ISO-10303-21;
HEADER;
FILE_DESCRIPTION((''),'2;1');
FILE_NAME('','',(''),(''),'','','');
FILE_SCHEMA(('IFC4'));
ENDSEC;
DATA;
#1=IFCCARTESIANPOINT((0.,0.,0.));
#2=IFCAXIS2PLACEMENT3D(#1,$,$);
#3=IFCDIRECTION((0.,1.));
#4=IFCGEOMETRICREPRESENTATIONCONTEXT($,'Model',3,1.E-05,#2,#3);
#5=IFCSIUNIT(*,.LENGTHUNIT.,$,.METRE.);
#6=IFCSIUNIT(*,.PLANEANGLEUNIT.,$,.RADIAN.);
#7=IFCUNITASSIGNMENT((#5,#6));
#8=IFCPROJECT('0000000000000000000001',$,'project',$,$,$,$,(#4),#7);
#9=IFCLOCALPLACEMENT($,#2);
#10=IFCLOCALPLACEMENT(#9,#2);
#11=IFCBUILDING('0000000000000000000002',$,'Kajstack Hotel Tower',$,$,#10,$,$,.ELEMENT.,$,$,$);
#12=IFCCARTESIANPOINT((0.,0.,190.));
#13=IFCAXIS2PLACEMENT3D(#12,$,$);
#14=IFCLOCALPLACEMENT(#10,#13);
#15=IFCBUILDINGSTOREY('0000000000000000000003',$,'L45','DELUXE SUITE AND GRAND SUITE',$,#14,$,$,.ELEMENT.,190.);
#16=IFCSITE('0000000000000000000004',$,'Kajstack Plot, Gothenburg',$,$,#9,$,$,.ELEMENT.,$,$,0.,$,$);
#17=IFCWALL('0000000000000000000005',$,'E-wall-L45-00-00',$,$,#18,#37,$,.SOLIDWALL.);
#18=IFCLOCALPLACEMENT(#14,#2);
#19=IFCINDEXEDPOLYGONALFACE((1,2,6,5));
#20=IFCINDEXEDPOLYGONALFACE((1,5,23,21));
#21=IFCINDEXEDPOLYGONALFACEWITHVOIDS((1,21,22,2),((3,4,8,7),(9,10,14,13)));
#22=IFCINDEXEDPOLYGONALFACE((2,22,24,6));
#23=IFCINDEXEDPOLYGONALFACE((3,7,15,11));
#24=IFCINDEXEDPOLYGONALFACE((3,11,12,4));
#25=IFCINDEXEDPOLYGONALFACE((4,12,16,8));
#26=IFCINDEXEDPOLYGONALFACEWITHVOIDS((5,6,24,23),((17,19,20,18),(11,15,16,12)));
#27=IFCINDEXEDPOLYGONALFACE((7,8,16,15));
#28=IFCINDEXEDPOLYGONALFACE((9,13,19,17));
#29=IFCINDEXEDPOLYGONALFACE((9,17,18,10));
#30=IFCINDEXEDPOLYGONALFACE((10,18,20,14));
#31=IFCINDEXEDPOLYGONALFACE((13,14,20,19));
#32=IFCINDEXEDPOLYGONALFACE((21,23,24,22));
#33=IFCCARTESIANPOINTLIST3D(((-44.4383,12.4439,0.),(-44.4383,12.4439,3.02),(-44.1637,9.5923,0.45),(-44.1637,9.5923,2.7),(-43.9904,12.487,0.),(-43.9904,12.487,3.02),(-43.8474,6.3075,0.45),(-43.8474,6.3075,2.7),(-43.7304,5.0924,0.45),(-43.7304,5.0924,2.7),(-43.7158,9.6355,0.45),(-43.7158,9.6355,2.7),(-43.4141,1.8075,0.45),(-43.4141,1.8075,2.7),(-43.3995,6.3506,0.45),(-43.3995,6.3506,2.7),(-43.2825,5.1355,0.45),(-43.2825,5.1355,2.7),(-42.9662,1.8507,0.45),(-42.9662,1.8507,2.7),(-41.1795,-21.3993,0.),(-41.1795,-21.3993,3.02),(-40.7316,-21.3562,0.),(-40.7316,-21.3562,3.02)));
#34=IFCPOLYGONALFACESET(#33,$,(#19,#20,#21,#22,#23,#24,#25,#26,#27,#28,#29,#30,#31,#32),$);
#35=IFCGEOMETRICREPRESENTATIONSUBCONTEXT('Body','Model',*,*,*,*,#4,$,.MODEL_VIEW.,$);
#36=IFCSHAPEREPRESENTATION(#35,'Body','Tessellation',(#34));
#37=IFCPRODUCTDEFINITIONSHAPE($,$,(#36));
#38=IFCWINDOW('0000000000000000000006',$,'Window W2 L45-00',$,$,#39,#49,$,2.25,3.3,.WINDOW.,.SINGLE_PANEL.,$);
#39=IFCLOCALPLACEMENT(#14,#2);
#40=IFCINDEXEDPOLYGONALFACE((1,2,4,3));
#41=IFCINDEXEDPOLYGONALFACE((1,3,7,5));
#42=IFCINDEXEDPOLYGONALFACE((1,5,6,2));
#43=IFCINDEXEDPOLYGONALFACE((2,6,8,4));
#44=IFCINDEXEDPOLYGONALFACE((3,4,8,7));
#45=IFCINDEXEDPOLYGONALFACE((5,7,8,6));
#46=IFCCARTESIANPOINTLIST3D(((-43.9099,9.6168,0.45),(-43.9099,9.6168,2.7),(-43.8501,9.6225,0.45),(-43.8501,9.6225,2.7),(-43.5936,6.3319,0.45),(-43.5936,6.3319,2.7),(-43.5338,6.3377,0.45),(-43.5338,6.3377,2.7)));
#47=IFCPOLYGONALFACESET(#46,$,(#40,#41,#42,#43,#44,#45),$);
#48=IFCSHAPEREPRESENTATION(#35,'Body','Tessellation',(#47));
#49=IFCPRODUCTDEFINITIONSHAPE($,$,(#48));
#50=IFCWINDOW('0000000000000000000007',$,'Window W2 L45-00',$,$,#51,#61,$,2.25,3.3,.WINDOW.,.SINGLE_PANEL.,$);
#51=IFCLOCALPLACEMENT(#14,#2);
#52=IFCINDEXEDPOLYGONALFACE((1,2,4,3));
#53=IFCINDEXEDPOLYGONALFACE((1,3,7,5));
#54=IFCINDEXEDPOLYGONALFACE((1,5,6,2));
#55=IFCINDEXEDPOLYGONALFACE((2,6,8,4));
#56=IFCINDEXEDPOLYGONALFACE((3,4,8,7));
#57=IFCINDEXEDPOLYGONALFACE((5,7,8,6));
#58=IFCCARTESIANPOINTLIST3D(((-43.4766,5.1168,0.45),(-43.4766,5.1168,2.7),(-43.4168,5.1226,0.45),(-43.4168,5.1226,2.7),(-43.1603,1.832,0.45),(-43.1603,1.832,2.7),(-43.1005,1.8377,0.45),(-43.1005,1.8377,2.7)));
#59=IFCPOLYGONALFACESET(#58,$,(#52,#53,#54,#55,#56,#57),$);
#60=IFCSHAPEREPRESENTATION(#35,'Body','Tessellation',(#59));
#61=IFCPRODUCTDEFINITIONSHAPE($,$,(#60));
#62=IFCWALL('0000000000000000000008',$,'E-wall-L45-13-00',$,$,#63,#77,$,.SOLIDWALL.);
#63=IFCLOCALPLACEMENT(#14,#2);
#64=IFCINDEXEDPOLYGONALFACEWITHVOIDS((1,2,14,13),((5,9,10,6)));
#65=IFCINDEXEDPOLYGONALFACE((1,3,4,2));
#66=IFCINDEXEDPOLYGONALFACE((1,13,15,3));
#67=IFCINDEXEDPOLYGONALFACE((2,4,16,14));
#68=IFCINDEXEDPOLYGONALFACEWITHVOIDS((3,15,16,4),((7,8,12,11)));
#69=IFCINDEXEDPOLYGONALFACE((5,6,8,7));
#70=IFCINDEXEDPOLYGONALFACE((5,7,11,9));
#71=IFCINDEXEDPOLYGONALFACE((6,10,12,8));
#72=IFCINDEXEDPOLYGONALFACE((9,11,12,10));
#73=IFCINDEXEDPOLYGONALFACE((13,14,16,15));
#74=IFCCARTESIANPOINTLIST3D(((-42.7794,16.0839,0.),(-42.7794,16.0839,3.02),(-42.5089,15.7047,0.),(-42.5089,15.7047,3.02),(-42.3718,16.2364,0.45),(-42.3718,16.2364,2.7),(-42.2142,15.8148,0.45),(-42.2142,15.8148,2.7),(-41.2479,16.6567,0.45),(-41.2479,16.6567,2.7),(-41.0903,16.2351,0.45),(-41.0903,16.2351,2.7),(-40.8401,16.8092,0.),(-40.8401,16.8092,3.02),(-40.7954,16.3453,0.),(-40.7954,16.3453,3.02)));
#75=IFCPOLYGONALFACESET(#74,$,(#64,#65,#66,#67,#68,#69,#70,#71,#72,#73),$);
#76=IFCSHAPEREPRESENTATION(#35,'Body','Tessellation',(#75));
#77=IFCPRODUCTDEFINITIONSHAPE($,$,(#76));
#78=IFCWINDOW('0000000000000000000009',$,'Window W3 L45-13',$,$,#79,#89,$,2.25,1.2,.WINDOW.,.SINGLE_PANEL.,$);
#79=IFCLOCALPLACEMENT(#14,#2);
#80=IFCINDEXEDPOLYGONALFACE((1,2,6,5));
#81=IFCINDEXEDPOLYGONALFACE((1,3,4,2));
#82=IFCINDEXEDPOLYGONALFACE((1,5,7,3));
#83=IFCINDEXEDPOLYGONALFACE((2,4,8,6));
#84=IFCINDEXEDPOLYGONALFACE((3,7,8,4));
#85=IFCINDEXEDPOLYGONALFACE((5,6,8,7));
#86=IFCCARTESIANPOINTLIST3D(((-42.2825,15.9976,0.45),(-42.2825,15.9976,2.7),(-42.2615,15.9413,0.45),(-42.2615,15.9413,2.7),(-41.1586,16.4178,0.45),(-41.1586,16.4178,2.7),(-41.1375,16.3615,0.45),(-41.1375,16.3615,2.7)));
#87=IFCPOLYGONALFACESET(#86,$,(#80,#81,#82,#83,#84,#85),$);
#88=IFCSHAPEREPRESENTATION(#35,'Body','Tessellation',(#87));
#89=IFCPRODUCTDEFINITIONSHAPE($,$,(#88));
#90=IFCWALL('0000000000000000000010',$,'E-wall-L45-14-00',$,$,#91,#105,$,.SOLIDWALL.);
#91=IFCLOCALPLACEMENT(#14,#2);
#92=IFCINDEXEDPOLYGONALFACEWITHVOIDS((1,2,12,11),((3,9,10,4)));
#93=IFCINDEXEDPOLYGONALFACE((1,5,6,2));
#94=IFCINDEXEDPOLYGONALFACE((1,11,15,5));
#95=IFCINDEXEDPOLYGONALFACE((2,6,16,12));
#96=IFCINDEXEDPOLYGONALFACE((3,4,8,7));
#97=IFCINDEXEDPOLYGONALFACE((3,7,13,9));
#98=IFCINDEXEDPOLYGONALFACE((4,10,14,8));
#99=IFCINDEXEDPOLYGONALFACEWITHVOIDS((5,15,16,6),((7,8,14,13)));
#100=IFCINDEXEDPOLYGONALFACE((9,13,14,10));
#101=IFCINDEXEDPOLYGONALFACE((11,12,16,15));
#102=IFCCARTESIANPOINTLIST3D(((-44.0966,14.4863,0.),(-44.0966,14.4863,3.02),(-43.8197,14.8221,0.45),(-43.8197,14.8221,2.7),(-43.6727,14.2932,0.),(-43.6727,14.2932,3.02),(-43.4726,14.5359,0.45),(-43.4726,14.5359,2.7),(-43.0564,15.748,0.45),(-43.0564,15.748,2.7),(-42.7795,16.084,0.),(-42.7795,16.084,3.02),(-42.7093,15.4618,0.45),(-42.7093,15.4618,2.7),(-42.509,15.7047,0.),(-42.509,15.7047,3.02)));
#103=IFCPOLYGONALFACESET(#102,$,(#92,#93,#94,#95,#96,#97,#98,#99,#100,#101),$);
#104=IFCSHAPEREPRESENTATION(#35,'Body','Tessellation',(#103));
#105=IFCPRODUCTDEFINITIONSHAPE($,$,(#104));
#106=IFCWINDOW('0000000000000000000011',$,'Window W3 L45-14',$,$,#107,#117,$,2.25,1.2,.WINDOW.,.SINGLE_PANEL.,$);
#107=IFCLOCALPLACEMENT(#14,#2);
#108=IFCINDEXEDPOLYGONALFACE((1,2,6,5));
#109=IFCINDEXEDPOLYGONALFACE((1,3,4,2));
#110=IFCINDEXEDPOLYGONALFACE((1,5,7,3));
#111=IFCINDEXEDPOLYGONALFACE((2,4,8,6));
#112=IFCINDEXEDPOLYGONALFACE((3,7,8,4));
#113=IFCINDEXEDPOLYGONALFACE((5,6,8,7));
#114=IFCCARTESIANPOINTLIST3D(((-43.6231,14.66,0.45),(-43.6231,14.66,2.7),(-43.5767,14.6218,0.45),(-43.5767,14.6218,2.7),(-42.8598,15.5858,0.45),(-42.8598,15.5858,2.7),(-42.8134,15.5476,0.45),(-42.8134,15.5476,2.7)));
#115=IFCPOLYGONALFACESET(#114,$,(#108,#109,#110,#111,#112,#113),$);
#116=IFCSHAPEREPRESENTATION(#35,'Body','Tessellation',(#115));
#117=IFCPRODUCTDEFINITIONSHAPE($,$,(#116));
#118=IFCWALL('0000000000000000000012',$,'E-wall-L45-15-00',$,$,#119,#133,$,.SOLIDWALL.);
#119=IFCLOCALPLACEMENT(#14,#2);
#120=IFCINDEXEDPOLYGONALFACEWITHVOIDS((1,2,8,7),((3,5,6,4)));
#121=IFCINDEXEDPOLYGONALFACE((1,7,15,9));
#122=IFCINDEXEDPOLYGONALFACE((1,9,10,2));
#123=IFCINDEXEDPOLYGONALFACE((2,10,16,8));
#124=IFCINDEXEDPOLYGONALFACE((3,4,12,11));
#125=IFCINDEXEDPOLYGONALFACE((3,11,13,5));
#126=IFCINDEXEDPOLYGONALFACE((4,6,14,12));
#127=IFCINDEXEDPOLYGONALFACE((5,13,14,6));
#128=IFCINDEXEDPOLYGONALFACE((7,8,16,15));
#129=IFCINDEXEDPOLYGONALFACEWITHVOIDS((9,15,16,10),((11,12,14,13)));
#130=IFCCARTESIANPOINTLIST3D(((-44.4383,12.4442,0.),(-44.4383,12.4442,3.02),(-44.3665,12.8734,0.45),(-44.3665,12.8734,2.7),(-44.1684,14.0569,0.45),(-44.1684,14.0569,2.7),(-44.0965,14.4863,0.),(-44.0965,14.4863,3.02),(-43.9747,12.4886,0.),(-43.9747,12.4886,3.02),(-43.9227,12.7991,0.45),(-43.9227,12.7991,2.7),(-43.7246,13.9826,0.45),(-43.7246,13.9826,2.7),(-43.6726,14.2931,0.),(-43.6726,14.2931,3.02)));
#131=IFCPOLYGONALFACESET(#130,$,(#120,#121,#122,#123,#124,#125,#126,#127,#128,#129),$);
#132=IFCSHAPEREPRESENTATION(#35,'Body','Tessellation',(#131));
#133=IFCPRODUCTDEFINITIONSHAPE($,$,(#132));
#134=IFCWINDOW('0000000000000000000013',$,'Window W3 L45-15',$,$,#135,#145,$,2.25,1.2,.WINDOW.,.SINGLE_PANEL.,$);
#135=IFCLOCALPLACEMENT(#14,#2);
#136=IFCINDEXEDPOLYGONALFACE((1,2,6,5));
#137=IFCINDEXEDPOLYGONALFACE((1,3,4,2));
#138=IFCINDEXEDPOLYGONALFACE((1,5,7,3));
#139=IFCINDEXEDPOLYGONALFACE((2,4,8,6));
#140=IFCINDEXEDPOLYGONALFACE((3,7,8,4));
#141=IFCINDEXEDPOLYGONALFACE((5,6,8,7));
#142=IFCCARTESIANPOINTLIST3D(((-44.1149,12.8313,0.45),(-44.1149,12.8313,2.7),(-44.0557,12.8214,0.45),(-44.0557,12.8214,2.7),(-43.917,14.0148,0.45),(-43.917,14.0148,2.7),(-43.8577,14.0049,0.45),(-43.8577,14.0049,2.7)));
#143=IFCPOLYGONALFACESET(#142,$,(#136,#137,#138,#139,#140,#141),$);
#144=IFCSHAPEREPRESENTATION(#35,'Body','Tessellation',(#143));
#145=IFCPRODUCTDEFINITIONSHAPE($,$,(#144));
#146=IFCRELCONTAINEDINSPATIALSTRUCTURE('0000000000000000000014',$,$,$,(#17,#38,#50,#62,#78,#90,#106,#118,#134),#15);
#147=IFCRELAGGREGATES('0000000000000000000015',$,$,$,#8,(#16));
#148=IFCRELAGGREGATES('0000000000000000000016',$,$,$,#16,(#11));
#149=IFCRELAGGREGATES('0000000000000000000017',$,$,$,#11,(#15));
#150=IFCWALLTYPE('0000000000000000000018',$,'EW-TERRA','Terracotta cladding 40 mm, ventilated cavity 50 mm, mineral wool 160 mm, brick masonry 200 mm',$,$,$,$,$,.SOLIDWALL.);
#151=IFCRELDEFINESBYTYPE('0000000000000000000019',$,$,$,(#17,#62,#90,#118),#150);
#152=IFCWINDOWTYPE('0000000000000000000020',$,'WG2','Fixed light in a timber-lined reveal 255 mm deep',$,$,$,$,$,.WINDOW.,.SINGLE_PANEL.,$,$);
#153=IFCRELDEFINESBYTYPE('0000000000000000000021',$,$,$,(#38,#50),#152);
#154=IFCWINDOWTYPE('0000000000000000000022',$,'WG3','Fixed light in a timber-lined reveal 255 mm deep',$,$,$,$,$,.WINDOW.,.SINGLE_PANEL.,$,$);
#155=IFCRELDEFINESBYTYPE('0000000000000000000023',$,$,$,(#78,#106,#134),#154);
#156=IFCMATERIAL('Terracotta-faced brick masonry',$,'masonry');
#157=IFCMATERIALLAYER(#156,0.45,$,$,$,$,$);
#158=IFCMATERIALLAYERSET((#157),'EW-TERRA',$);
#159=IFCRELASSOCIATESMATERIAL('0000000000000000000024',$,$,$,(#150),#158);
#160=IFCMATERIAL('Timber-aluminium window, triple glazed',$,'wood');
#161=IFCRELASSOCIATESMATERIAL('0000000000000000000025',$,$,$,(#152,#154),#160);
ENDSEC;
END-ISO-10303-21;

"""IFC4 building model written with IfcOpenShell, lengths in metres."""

from ifc_helpers import new_model, si_unit, direction, frame, frame_2d, origin, place, context, subcontext, project, spatial, polyline, rectangle, outline, extrude, material, layer, layer_set, type_object, element, fill, save


model = new_model("IFC4")

# Units and contexts
model_context = context("Model", 3, precision=1e-05, world=origin(), true_north=direction((0.0, 1.0)))
body_context = subcontext(model_context, "Body", "Model", "MODEL_VIEW")
ifc_project = project(units=[si_unit("LENGTHUNIT", "METRE"), si_unit("PLANEANGLEUNIT", "RADIAN")], contexts=[model_context])

# Site, building, storey
site_placement = place(None, origin())
site = spatial("IfcSite", under=ifc_project, at=site_placement, Name="Kajstack Plot, Gothenburg", CompositionType="ELEMENT", RefElevation=0.0)
building_placement = place(site_placement, origin())
building = spatial("IfcBuilding", under=site, at=building_placement, Name="Kajstack Hotel Tower", CompositionType="ELEMENT")
storey_placement = place(building_placement, frame((0.0, 0.0, 190.0)))
storey = spatial("IfcBuildingStorey", under=building, at=storey_placement, Name="L45", Description="DELUXE SUITE AND GRAND SUITE", CompositionType="ELEMENT", Elevation=190.0)

# Wall, openings, windows
ifc_material_1 = material(Name="Terracotta-faced brick masonry", Category="masonry")
ifc_layer_1 = layer(ifc_material_1, 0.45)
ifc_layer_set_1 = layer_set([ifc_layer_1], Name="EW-TERRA")
wall_type_1 = type_object("IfcWallType", Name="EW-TERRA", Description="Terracotta cladding 40 mm, ventilated cavity 50 mm, mineral wool 160 mm, brick masonry 200 mm", PredefinedType="SOLIDWALL", material=ifc_layer_set_1)
wall_1_placement = place(storey_placement, frame((-44.2144, 12.4656, 0.0), z_axis=(0.0, 0.0, 1.0), x_axis=(0.095847, -0.995396, 0.0)))
wall_1 = element("IfcWall", 1, at=wall_1_placement, inside=storey, type_object=wall_type_1, Name="E-wall-L45-00-00", PredefinedType="SOLIDWALL", context=body_context, shape_type="SweptSolid", body=[
    extrude(rectangle(XDim=33.9998, YDim=0.45, at=frame_2d((17.0, 0.0))), origin(), (0.0, 0.0, 1.0), 3.02),
])
opening_1_placement = place(wall_1_placement, frame((2.865, 0.0, 0.45)))
opening_1 = element("IfcOpeningElement", 2, at=opening_1_placement, cuts=wall_1, PredefinedType="OPENING", context=body_context, shape_type="SweptSolid", body=[
    extrude(rectangle(XDim=3.3, YDim=2.25, at=frame_2d((1.6499, 1.125))), frame((0.0, 0.2349, 0.0), z_axis=(0.0, -1.0, 0.0), x_axis=(1.0, 0.0, 0.0)), (0.0, 0.0, 1.0), 0.47),
])
opening_2_placement = place(wall_1_placement, frame((7.3857, 0.0, 0.45)))
opening_2 = element("IfcOpeningElement", 3, at=opening_2_placement, cuts=wall_1, PredefinedType="OPENING", context=body_context, shape_type="SweptSolid", body=[
    extrude(rectangle(XDim=3.3, YDim=2.25, at=frame_2d((1.6499, 1.125))), frame((0.0, 0.2349, 0.0), z_axis=(0.0, -1.0, 0.0), x_axis=(1.0, 0.0, 0.0)), (0.0, 0.0, 1.0), 0.47),
])
ifc_material_2 = material(Name="Timber-aluminium window, triple glazed", Category="wood")
window_type_1 = type_object("IfcWindowType", Name="WG2", Description="Fixed light in a timber-lined reveal 255 mm deep", PartitioningType="SINGLE_PANEL", PredefinedType="WINDOW", material=ifc_material_2)
window_1_placement = place(opening_1_placement, origin())
window_1 = element("IfcWindow", 4, at=window_1_placement, inside=storey, type_object=window_type_1, Name="Window W2 L45-00", OverallHeight=2.25, OverallWidth=3.3, PartitioningType="SINGLE_PANEL", PredefinedType="WINDOW", context=body_context, shape_type="SweptSolid", body=[
    extrude(rectangle(XDim=3.3, YDim=2.25, at=frame_2d((1.6499, 1.125))), frame((0.0, 0.0901, 0.0), z_axis=(0.0, -1.0, 0.0), x_axis=(1.0, 0.0, 0.0)), (0.0, 0.0, 1.0), 0.0601),
])
fill(opening_1, window_1)
window_2_placement = place(opening_2_placement, origin())
window_2 = element("IfcWindow", 5, at=window_2_placement, inside=storey, type_object=window_type_1, Name="Window W2 L45-00", OverallHeight=2.25, OverallWidth=3.3, PartitioningType="SINGLE_PANEL", PredefinedType="WINDOW", context=body_context, shape_type="SweptSolid", body=[
    extrude(rectangle(XDim=3.3, YDim=2.25, at=frame_2d((1.6499, 1.125))), frame((0.0, 0.0901, 0.0), z_axis=(0.0, -1.0, 0.0), x_axis=(1.0, 0.0, 0.0)), (0.0, 0.0, 1.0), 0.0601),
])
fill(opening_2, window_2)

# Walls, openings, windows
wall_2_placement = place(storey_placement, frame((-40.7612, 16.5984, 0.0), z_axis=(0.0, 0.0, 1.0), x_axis=(-0.936678, -0.350193, 0.0)))
wall_2 = element("IfcWall", 6, at=wall_2_placement, inside=storey, type_object=wall_type_1, Name="E-wall-L45-13-00", PredefinedType="SOLIDWALL", context=body_context, shape_type="SweptSolid", body=[
    extrude(outline(polyline([(0.0, -0.2251), (2.0706, -0.2249), (1.95, 0.2251), (0.1206, 0.2251), (0.0, -0.2251)])), origin(), (0.0, 0.0, 1.0), 3.02),
])
opening_3_placement = place(wall_2_placement, frame((0.4353, 0.0, 0.45)))
opening_3 = element("IfcOpeningElement", 7, at=opening_3_placement, cuts=wall_2, PredefinedType="OPENING", context=body_context, shape_type="SweptSolid", body=[
    extrude(rectangle(XDim=1.2, YDim=2.25, at=frame_2d((0.6001, 1.125))), frame((0.0, 0.2349, 0.0), z_axis=(0.0, -1.0, 0.0), x_axis=(1.0, 0.0, 0.0)), (0.0, 0.0, 1.0), 0.47),
])
window_type_2 = type_object("IfcWindowType", Name="WG3", Description="Fixed light in a timber-lined reveal 255 mm deep", PartitioningType="SINGLE_PANEL", PredefinedType="WINDOW", material=ifc_material_2)
window_3_placement = place(opening_3_placement, origin())
window_3 = element("IfcWindow", 8, at=window_3_placement, inside=storey, type_object=window_type_2, Name="Window W3 L45-13", OverallHeight=2.25, OverallWidth=1.2, PartitioningType="SINGLE_PANEL", PredefinedType="WINDOW", context=body_context, shape_type="SweptSolid", body=[
    extrude(rectangle(XDim=1.2, YDim=2.25, at=frame_2d((0.6001, 1.125))), frame((0.0, 0.0901, 0.0), z_axis=(0.0, -1.0, 0.0), x_axis=(1.0, 0.0, 0.0)), (0.0, 0.0, 1.0), 0.0601),
])
fill(opening_3, window_3)
wall_3_placement = place(storey_placement, frame((-42.606, 15.9409, 0.0), z_axis=(0.0, 0.0, 1.0), x_axis=(-0.636116, -0.771593, 0.0)))
wall_3 = element("IfcWall", 9, at=wall_3_placement, inside=storey, type_object=wall_type_1, Name="E-wall-L45-14-00", PredefinedType="SOLIDWALL", context=body_context, shape_type="SweptSolid", body=[
    extrude(outline(polyline([(0.0, -0.2249), (2.0706, -0.2249), (1.95, 0.2251), (0.1206, 0.2251), (0.0, -0.2249)])), origin(), (0.0, 0.0, 1.0), 3.02),
])
opening_4_placement = place(wall_3_placement, frame((0.4353, 0.0, 0.45)))
opening_4 = element("IfcOpeningElement", 10, at=opening_4_placement, cuts=wall_3, PredefinedType="OPENING", context=body_context, shape_type="SweptSolid", body=[
    extrude(rectangle(XDim=1.2, YDim=2.25, at=frame_2d((0.6001, 1.125))), frame((0.0, 0.2349, 0.0), z_axis=(0.0, -1.0, 0.0), x_axis=(1.0, 0.0, 0.0)), (0.0, 0.0, 1.0), 0.47),
])
window_4_placement = place(opening_4_placement, origin())
window_4 = element("IfcWindow", 11, at=window_4_placement, inside=storey, type_object=window_type_2, Name="Window W3 L45-14", OverallHeight=2.25, OverallWidth=1.2, PartitioningType="SINGLE_PANEL", PredefinedType="WINDOW", context=body_context, shape_type="SweptSolid", body=[
    extrude(rectangle(XDim=1.2, YDim=2.25, at=frame_2d((0.6001, 1.125))), frame((0.0, 0.0901, 0.0), z_axis=(0.0, -1.0, 0.0), x_axis=(1.0, 0.0, 0.0)), (0.0, 0.0, 1.0), 0.0601),
])
fill(opening_4, window_4)
wall_4_placement = place(storey_placement, frame((-43.8748, 14.4492, 0.0), z_axis=(0.0, 0.0, 1.0), x_axis=(-0.164953, -0.986301, 0.0)))
wall_4 = element("IfcWall", 12, at=wall_4_placement, inside=storey, type_object=wall_type_1, Name="E-wall-L45-15-00", PredefinedType="SOLIDWALL", context=body_context, shape_type="SweptSolid", body=[
    extrude(outline(polyline([(0.0, -0.2249), (2.0706, -0.2251), (1.9502, 0.2249), (0.1206, 0.2251), (0.0, -0.2249)])), origin(), (0.0, 0.0, 1.0), 3.02),
])
opening_5_placement = place(wall_4_placement, frame((0.4353, 0.0, 0.45)))
opening_5 = element("IfcOpeningElement", 13, at=opening_5_placement, cuts=wall_4, PredefinedType="OPENING", context=body_context, shape_type="SweptSolid", body=[
    extrude(rectangle(XDim=1.2, YDim=2.25, at=frame_2d((0.6001, 1.125))), frame((0.0, 0.2349, 0.0), z_axis=(0.0, -1.0, 0.0), x_axis=(1.0, 0.0, 0.0)), (0.0, 0.0, 1.0), 0.47),
])
window_5_placement = place(opening_5_placement, origin())
window_5 = element("IfcWindow", 14, at=window_5_placement, inside=storey, type_object=window_type_2, Name="Window W3 L45-15", OverallHeight=2.25, OverallWidth=1.2, PartitioningType="SINGLE_PANEL", PredefinedType="WINDOW", context=body_context, shape_type="SweptSolid", body=[
    extrude(rectangle(XDim=1.2, YDim=2.25, at=frame_2d((0.6001, 1.125))), frame((0.0, 0.0901, 0.0), z_axis=(0.0, -1.0, 0.0), x_axis=(1.0, 0.0, 0.0)), (0.0, 0.0, 1.0), 0.0601),
])
fill(opening_5, window_5)

save(model, "model.ifc")
